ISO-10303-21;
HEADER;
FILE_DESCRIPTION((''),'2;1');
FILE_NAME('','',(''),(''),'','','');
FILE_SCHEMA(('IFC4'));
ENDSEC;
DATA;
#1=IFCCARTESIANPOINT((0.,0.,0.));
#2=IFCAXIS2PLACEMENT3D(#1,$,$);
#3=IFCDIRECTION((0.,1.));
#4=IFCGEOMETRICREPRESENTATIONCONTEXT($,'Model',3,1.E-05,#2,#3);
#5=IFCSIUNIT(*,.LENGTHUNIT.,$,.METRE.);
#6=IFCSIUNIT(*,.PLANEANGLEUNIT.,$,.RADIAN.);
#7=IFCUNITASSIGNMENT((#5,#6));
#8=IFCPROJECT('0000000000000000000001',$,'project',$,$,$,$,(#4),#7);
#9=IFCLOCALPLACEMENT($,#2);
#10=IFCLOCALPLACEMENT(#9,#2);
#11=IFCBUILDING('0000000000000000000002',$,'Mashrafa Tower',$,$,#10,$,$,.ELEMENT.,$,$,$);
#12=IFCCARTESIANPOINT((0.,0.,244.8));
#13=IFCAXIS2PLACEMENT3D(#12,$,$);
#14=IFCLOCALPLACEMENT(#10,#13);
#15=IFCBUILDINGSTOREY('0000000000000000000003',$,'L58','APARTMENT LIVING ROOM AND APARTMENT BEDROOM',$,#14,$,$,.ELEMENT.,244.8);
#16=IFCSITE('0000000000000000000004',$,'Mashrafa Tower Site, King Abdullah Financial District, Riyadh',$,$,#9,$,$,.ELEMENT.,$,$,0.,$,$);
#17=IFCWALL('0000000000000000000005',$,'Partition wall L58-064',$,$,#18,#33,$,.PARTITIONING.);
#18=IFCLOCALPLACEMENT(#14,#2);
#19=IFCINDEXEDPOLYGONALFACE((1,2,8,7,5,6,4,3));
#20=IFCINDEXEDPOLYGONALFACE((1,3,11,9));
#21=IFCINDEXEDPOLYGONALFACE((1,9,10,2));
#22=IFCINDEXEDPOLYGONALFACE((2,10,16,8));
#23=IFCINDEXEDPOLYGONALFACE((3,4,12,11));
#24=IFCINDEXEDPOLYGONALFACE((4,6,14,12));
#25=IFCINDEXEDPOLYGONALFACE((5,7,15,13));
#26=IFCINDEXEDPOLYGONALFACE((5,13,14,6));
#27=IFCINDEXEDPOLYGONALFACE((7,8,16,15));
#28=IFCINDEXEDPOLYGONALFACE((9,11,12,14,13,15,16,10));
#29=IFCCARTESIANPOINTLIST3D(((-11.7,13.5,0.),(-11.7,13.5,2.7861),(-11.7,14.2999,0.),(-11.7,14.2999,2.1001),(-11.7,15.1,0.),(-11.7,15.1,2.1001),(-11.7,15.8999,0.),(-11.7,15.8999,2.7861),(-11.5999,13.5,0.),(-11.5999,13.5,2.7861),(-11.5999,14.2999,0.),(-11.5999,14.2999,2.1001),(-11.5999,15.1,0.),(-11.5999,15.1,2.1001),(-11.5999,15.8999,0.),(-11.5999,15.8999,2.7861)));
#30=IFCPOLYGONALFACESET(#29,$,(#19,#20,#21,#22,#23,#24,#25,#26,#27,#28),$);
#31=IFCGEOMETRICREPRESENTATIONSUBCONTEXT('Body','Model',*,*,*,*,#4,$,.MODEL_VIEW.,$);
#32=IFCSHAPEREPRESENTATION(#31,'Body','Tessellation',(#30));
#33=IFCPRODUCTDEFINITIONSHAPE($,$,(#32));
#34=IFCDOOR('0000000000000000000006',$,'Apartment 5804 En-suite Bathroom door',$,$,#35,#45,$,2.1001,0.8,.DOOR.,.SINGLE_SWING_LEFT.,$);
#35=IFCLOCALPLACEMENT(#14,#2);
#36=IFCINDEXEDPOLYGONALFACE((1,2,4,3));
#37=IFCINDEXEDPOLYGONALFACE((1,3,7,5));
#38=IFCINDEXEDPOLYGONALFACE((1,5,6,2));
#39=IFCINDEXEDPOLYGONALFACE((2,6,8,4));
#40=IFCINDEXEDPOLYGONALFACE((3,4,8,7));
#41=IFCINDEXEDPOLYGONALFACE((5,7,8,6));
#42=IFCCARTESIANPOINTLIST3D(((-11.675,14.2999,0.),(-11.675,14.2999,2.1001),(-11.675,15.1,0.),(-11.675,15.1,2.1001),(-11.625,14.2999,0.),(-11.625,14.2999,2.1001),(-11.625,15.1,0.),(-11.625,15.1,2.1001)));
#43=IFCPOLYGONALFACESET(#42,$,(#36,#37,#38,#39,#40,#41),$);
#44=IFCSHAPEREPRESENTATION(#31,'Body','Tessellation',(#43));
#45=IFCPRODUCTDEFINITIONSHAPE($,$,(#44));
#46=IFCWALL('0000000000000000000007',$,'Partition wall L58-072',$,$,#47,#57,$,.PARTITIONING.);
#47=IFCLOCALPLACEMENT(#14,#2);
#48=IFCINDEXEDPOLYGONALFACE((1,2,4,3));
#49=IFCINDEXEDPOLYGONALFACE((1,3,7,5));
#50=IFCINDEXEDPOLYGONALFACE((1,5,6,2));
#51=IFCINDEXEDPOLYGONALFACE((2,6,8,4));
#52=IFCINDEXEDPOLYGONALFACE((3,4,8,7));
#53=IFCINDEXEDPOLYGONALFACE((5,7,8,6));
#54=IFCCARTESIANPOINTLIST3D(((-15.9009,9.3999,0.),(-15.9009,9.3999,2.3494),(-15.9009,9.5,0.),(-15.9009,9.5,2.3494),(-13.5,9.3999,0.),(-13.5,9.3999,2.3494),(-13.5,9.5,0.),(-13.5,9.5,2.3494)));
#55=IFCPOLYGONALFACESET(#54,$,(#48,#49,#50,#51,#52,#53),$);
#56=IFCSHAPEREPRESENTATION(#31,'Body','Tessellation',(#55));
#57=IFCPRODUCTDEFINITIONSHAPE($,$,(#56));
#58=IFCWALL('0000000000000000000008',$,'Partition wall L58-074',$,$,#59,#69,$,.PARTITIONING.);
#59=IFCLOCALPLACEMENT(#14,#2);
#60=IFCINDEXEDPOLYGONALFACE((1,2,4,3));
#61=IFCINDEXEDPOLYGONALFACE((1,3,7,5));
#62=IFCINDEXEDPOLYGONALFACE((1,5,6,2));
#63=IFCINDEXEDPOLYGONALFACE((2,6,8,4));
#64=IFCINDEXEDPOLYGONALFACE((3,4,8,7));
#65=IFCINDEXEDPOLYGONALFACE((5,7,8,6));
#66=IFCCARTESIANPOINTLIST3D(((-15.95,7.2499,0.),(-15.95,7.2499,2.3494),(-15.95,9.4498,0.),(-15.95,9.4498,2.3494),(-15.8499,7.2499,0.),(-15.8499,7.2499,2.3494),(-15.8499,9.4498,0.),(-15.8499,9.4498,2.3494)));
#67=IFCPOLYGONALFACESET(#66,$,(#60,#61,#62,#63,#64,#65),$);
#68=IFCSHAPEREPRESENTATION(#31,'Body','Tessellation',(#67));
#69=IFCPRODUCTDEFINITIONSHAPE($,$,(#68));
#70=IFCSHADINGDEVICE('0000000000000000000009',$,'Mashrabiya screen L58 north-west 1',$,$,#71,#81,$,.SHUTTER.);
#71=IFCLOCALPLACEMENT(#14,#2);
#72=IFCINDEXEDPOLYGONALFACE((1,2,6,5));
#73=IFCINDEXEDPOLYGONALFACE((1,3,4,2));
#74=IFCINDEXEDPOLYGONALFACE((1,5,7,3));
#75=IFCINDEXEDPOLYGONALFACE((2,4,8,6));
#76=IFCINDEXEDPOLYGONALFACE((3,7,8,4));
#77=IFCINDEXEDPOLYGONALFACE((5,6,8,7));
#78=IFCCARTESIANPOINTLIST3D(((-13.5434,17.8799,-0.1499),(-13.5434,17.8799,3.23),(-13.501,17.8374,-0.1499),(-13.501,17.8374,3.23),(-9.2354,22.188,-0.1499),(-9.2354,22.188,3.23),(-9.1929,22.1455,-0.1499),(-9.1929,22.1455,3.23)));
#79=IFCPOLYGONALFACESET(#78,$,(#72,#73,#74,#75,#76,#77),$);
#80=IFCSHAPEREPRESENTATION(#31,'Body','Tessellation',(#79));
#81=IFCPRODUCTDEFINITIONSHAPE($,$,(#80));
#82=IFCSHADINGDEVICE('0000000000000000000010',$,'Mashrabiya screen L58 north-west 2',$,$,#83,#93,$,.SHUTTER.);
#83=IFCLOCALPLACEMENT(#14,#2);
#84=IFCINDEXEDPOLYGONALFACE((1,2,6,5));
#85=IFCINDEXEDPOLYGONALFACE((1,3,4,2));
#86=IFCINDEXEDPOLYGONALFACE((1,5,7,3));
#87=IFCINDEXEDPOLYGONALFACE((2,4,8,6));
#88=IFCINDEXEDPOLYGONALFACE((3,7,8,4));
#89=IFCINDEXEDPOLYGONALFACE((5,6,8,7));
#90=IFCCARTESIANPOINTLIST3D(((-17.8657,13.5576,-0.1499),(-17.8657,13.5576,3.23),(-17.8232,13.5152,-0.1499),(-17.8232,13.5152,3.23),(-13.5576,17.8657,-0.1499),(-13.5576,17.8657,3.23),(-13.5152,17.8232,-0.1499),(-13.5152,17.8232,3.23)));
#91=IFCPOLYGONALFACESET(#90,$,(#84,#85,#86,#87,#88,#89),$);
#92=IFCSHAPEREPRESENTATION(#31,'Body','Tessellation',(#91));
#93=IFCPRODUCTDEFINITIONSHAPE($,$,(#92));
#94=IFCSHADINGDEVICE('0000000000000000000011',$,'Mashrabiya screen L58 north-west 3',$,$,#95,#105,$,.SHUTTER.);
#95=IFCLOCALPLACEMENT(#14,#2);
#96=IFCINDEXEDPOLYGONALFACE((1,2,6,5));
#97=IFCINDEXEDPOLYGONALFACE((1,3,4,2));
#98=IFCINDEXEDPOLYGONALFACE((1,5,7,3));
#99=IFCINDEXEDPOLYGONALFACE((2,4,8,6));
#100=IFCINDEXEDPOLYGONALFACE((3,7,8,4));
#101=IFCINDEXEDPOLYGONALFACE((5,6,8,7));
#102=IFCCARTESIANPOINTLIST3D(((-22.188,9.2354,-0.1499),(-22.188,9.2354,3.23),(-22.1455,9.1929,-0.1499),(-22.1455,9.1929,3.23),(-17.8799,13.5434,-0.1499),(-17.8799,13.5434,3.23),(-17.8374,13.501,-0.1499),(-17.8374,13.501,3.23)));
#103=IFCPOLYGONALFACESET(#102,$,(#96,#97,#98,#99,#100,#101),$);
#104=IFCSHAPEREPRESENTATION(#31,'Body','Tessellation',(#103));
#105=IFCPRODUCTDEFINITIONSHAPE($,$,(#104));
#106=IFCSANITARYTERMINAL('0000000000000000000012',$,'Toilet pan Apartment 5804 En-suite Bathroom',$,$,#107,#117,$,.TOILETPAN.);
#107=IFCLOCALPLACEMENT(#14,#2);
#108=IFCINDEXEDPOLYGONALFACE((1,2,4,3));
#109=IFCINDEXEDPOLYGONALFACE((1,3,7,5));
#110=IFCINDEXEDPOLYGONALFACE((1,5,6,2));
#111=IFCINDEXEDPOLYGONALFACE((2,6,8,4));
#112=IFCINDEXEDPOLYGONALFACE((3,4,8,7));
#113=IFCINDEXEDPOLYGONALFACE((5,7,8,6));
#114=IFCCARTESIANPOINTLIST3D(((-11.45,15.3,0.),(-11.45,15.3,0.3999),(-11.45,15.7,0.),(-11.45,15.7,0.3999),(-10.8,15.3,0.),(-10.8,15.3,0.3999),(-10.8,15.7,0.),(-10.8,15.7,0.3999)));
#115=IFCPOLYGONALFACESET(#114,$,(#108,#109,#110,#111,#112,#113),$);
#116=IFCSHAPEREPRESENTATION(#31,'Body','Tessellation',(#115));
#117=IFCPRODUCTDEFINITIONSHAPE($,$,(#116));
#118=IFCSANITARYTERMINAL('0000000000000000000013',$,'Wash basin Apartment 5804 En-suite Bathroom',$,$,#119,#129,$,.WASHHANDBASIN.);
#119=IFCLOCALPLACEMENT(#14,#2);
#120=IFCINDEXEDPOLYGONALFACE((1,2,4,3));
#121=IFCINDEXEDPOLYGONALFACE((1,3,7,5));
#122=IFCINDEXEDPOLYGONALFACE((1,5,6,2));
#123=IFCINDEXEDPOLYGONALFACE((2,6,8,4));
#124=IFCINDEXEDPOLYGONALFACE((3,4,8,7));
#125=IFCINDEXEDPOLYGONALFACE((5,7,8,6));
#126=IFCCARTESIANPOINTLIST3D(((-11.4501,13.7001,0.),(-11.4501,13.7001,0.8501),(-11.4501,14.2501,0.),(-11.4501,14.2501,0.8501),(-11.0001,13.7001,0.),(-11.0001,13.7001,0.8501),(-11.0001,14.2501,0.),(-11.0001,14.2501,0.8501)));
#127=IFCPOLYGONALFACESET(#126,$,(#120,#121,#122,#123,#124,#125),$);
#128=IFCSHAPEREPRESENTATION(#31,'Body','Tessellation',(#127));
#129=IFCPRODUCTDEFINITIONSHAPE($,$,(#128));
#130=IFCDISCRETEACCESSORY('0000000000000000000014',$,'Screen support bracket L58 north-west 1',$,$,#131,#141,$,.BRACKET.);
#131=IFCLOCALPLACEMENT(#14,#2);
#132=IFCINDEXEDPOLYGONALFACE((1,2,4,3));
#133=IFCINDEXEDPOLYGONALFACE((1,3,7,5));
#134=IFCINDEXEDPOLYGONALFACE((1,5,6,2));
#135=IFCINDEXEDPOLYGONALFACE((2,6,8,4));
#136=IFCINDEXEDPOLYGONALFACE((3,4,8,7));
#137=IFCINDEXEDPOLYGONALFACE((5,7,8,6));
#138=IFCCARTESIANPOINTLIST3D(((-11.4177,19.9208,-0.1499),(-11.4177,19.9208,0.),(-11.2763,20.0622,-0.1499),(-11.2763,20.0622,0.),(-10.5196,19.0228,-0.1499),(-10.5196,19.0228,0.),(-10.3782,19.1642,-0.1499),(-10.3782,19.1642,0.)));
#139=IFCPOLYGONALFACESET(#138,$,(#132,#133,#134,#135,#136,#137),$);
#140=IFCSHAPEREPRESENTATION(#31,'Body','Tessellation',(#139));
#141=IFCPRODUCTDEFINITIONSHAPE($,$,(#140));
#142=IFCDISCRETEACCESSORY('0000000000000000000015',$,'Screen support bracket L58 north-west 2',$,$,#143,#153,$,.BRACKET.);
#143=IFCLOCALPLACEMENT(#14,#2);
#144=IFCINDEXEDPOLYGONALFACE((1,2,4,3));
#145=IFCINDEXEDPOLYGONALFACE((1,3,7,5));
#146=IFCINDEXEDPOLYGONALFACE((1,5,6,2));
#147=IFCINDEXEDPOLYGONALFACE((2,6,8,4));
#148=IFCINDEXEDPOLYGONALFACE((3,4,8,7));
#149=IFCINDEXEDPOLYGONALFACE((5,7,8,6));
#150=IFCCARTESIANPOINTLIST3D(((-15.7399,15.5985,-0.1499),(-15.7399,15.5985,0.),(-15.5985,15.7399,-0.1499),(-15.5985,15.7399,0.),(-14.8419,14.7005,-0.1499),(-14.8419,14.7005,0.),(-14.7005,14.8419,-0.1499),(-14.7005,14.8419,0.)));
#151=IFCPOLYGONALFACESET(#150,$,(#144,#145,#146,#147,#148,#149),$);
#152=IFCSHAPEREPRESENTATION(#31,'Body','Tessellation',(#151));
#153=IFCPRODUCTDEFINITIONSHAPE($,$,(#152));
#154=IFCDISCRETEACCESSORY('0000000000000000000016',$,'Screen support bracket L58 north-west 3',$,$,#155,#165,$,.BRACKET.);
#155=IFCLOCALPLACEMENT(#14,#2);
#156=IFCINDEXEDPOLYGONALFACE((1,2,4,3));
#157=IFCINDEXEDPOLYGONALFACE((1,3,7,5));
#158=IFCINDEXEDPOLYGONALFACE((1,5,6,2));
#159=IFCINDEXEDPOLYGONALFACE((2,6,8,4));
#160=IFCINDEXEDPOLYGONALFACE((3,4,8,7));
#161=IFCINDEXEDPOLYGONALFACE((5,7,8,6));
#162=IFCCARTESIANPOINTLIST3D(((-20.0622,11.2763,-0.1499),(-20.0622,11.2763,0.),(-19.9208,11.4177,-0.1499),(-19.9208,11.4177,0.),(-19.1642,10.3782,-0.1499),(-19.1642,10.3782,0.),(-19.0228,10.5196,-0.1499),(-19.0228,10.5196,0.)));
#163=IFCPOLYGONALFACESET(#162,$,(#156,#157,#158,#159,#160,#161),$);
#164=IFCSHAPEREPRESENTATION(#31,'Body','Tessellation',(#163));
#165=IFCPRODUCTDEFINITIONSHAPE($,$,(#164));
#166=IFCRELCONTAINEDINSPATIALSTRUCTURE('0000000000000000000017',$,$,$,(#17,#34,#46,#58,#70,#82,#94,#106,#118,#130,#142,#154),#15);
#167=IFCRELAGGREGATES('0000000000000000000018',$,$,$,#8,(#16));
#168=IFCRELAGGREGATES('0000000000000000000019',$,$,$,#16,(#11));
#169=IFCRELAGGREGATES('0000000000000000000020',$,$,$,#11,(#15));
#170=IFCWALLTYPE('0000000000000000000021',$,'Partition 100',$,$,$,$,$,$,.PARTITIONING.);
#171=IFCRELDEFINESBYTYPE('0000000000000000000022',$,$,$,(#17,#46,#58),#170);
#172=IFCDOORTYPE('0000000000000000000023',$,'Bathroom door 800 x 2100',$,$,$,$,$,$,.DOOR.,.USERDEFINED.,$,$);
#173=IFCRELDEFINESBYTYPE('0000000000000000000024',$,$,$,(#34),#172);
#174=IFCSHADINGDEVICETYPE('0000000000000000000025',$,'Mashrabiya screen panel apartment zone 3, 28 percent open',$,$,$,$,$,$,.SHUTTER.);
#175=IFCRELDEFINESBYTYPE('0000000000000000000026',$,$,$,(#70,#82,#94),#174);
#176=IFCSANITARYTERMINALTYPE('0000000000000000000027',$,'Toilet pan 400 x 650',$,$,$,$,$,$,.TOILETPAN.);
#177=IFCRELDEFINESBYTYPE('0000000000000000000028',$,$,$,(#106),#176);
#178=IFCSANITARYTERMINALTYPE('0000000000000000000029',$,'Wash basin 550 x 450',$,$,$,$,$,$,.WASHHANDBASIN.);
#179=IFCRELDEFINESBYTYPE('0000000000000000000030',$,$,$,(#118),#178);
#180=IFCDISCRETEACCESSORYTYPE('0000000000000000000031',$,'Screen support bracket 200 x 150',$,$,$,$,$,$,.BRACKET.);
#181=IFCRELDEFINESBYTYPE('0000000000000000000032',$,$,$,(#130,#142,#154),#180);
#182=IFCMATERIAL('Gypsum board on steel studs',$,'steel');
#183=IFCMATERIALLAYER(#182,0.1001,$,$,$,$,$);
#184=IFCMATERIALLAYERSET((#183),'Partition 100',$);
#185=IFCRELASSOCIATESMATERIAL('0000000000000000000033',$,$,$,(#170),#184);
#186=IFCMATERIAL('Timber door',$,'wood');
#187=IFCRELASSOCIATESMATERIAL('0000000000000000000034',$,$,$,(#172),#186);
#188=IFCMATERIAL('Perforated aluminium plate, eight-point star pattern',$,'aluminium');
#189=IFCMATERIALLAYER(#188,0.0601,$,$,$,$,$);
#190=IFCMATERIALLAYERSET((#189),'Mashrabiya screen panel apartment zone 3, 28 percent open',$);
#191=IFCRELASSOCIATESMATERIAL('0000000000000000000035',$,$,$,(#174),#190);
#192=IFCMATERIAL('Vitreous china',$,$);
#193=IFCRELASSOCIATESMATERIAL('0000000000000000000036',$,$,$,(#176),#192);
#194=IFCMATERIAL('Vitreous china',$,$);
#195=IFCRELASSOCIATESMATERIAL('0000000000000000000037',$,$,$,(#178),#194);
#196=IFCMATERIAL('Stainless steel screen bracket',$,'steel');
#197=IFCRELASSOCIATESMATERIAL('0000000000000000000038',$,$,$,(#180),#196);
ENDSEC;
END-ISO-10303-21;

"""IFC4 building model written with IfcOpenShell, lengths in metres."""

from ifc_helpers import new_model, si_unit, direction, frame, frame_2d, origin, origin_2d, place, context, subcontext, project, spatial, rectangle, extrude, source, transform, mapped, material, layer, layer_set, type_object, type_shapes, element, fill, save


model = new_model("IFC4")

# Units and contexts
model_context = context("Model", 3, precision=1e-05, world=origin(), true_north=direction((0.0, 1.0)))
body_context = subcontext(model_context, "Body", "Model", "MODEL_VIEW")
ifc_project = project(units=[si_unit("LENGTHUNIT", "METRE"), si_unit("PLANEANGLEUNIT", "RADIAN")], contexts=[model_context])

# Site, building, storey
site_placement = place(None, origin())
site = spatial("IfcSite", under=ifc_project, at=site_placement, Name="Mashrafa Tower Site, King Abdullah Financial District, Riyadh", CompositionType="ELEMENT", RefElevation=0.0)
building_placement = place(site_placement, origin())
building = spatial("IfcBuilding", under=site, at=building_placement, Name="Mashrafa Tower", CompositionType="ELEMENT")
storey_placement = place(building_placement, frame((0.0, 0.0, 244.8)))
storey = spatial("IfcBuildingStorey", under=building, at=storey_placement, Name="L58", Description="APARTMENT LIVING ROOM AND APARTMENT BEDROOM", CompositionType="ELEMENT", Elevation=244.8)

# Wall, opening, door
ifc_material_1 = material(Name="Gypsum board on steel studs", Category="steel")
ifc_layer_1 = layer(ifc_material_1, 0.1001)
ifc_layer_set_1 = layer_set([ifc_layer_1], Name="Partition 100")
wall_type_1 = type_object("IfcWallType", Name="Partition 100", PredefinedType="PARTITIONING", material=ifc_layer_set_1)
wall_1_placement = place(storey_placement, frame((-11.6499, 15.8999, 0.0), z_axis=(0.0, 0.0, 1.0), x_axis=(0.0, -1.0, 0.0)))
wall_1 = element("IfcWall", 1, at=wall_1_placement, inside=storey, type_object=wall_type_1, Name="Partition wall L58-064", PredefinedType="PARTITIONING", context=body_context, shape_type="SweptSolid", body=[
    extrude(rectangle(XDim=2.3999, YDim=0.1001, at=frame_2d((1.2, 0.0))), origin(), (0.0, 0.0, 1.0), 2.7861),
])
opening_placement = place(wall_1_placement, frame((0.8, 0.0, 0.0)))
opening = element("IfcOpeningElement", 2, at=opening_placement, cuts=wall_1, PredefinedType="OPENING", context=body_context, shape_type="SweptSolid", body=[
    extrude(rectangle(XDim=0.8, YDim=2.1001, at=frame_2d((0.3999, 1.05))), frame((0.0, 0.0601, 0.0), z_axis=(0.0, -1.0, 0.0), x_axis=(1.0, 0.0, 0.0)), (0.0, 0.0, 1.0), 0.1201),
])
ifc_material_2 = material(Name="Timber door", Category="wood")
door_type = type_object("IfcDoorType", Name="Bathroom door 800 x 2100", OperationType="USERDEFINED", PredefinedType="DOOR", material=ifc_material_2)
door_placement = place(opening_placement, origin())
door = element("IfcDoor", 3, at=door_placement, inside=storey, type_object=door_type, Name="Apartment 5804 En-suite Bathroom door", OperationType="SINGLE_SWING_LEFT", OverallHeight=2.1001, OverallWidth=0.8, PredefinedType="DOOR", context=body_context, shape_type="SweptSolid", body=[
    extrude(rectangle(XDim=0.8, YDim=2.1001, at=frame_2d((0.3999, 1.05))), frame((0.0, 0.0249, 0.0), z_axis=(0.0, -1.0, 0.0), x_axis=(1.0, 0.0, 0.0)), (0.0, 0.0, 1.0), 0.05),
])
fill(opening, door)

# Walls
wall_2_placement = place(storey_placement, frame((-15.9009, 9.45, 0.0), z_axis=(0.0, 0.0, 1.0), x_axis=(1.0, 0.0, 0.0)))
element("IfcWall", 4, at=wall_2_placement, inside=storey, type_object=wall_type_1, Name="Partition wall L58-072", PredefinedType="PARTITIONING", context=body_context, shape_type="SweptSolid", body=[
    extrude(rectangle(XDim=2.4009, YDim=0.1001, at=frame_2d((1.2004, 0.0))), origin(), (0.0, 0.0, 1.0), 2.3494),
])
wall_3_placement = place(storey_placement, frame((-15.8999, 9.45, 0.0), z_axis=(0.0, 0.0, 1.0), x_axis=(0.0, -1.0, 0.0)))
element("IfcWall", 5, at=wall_3_placement, inside=storey, type_object=wall_type_1, Name="Partition wall L58-074", PredefinedType="PARTITIONING", context=body_context, shape_type="SweptSolid", body=[
    extrude(rectangle(XDim=2.2, YDim=0.1001, at=frame_2d((1.1001, 0.0))), origin(), (0.0, 0.0, 1.0), 2.3494),
])

# Shading devices
ifc_material_3 = material(Name="Perforated aluminium plate, eight-point star pattern", Category="aluminium")
ifc_layer_2 = layer(ifc_material_3, 0.0601)
ifc_layer_set_2 = layer_set([ifc_layer_2], Name="Mashrabiya screen panel apartment zone 3, 28 percent open")
shading_device_type = type_object("IfcShadingDeviceType", Name="Mashrabiya screen panel apartment zone 3, 28 percent open", PredefinedType="SHUTTER", material=ifc_layer_set_2)
shared_shape_1 = source(origin(), body_context, "Body", "SweptSolid", [
    extrude(rectangle(XDim=6.0925, YDim=0.0601, at=origin_2d()), origin(), (0.0, 0.0, 1.0), 3.3799),
])
type_shapes(shading_device_type, [shared_shape_1])
for number, where, z_axis, x_axis, name in (
    (6, (-11.3682, 20.0127, -0.1499), (0.0, 0.0, 1.0), (-0.707107, -0.707107, 0.0), "Mashrabiya screen L58 north-west 1"),
    (7, (-15.6904, 15.6904, -0.1499), (0.0, 0.0, 1.0), (-0.707107, -0.707107, 0.0), "Mashrabiya screen L58 north-west 2"),
    (8, (-20.0127, 11.3682, -0.1499), (0.0, 0.0, 1.0), (-0.707107, -0.707107, 0.0), "Mashrabiya screen L58 north-west 3"),
):
    element("IfcShadingDevice", number, at=place(storey_placement, frame(where, z_axis=z_axis, x_axis=x_axis)), inside=storey, type_object=shading_device_type, Name=name, PredefinedType="SHUTTER", context=body_context, shape_type="MappedRepresentation", body=[
        mapped(shared_shape_1, transform((0.0, 0.0, 0.0))),
    ])

# Sanitary terminals
ifc_material_4 = material(Name="Vitreous china")
sanitary_terminal_type_1 = type_object("IfcSanitaryTerminalType", Name="Toilet pan 400 x 650", PredefinedType="TOILETPAN", material=ifc_material_4)
sanitary_terminal_1_placement = place(storey_placement, frame((-11.125, 15.5, 0.0), z_axis=(0.0, 0.0, 1.0), x_axis=(0.0, -1.0, 0.0)))
element("IfcSanitaryTerminal", 9, at=sanitary_terminal_1_placement, inside=storey, type_object=sanitary_terminal_type_1, Name="Toilet pan Apartment 5804 En-suite Bathroom", PredefinedType="TOILETPAN", context=body_context, shape_type="SweptSolid", body=[
    extrude(rectangle(XDim=0.3999, YDim=0.6499, at=origin_2d()), origin(), (0.0, 0.0, 1.0), 0.3999),
])
ifc_material_5 = material(Name="Vitreous china")
sanitary_terminal_type_2 = type_object("IfcSanitaryTerminalType", Name="Wash basin 550 x 450", PredefinedType="WASHHANDBASIN", material=ifc_material_5)
sanitary_terminal_2_placement = place(storey_placement, frame((-11.2251, 13.9751, 0.0), z_axis=(0.0, 0.0, 1.0), x_axis=(0.0, -1.0, 0.0)))
element("IfcSanitaryTerminal", 10, at=sanitary_terminal_2_placement, inside=storey, type_object=sanitary_terminal_type_2, Name="Wash basin Apartment 5804 En-suite Bathroom", PredefinedType="WASHHANDBASIN", context=body_context, shape_type="SweptSolid", body=[
    extrude(rectangle(XDim=0.55, YDim=0.45, at=origin_2d()), origin(), (0.0, 0.0, 1.0), 0.8501),
])

# Discrete accessories
ifc_material_6 = material(Name="Stainless steel screen bracket", Category="steel")
discrete_accessory_type = type_object("IfcDiscreteAccessoryType", Name="Screen support bracket 200 x 150", PredefinedType="BRACKET", material=ifc_material_6)
shared_shape_2 = source(origin(), body_context, "Body", "SweptSolid", [
    extrude(rectangle(XDim=0.2, YDim=1.27, at=origin_2d()), origin(), (0.0, 0.0, 1.0), 0.1499),
])
type_shapes(discrete_accessory_type, [shared_shape_2])
for number, where, z_axis, x_axis, name in (
    (11, (-10.8979, 19.5425, -0.1499), (0.0, 0.0, 1.0), (-0.707107, -0.707107, 0.0), "Screen support bracket L58 north-west 1"),
    (12, (-15.2202, 15.2202, -0.1499), (0.0, 0.0, 1.0), (-0.707107, -0.707107, 0.0), "Screen support bracket L58 north-west 2"),
    (13, (-19.5425, 10.8979, -0.1499), (0.0, 0.0, 1.0), (-0.707107, -0.707107, 0.0), "Screen support bracket L58 north-west 3"),
):
    element("IfcDiscreteAccessory", number, at=place(storey_placement, frame(where, z_axis=z_axis, x_axis=x_axis)), inside=storey, type_object=discrete_accessory_type, Name=name, PredefinedType="BRACKET", context=body_context, shape_type="MappedRepresentation", body=[
        mapped(shared_shape_2, transform((0.0, 0.0, 0.0))),
    ])

save(model, "model.ifc")
